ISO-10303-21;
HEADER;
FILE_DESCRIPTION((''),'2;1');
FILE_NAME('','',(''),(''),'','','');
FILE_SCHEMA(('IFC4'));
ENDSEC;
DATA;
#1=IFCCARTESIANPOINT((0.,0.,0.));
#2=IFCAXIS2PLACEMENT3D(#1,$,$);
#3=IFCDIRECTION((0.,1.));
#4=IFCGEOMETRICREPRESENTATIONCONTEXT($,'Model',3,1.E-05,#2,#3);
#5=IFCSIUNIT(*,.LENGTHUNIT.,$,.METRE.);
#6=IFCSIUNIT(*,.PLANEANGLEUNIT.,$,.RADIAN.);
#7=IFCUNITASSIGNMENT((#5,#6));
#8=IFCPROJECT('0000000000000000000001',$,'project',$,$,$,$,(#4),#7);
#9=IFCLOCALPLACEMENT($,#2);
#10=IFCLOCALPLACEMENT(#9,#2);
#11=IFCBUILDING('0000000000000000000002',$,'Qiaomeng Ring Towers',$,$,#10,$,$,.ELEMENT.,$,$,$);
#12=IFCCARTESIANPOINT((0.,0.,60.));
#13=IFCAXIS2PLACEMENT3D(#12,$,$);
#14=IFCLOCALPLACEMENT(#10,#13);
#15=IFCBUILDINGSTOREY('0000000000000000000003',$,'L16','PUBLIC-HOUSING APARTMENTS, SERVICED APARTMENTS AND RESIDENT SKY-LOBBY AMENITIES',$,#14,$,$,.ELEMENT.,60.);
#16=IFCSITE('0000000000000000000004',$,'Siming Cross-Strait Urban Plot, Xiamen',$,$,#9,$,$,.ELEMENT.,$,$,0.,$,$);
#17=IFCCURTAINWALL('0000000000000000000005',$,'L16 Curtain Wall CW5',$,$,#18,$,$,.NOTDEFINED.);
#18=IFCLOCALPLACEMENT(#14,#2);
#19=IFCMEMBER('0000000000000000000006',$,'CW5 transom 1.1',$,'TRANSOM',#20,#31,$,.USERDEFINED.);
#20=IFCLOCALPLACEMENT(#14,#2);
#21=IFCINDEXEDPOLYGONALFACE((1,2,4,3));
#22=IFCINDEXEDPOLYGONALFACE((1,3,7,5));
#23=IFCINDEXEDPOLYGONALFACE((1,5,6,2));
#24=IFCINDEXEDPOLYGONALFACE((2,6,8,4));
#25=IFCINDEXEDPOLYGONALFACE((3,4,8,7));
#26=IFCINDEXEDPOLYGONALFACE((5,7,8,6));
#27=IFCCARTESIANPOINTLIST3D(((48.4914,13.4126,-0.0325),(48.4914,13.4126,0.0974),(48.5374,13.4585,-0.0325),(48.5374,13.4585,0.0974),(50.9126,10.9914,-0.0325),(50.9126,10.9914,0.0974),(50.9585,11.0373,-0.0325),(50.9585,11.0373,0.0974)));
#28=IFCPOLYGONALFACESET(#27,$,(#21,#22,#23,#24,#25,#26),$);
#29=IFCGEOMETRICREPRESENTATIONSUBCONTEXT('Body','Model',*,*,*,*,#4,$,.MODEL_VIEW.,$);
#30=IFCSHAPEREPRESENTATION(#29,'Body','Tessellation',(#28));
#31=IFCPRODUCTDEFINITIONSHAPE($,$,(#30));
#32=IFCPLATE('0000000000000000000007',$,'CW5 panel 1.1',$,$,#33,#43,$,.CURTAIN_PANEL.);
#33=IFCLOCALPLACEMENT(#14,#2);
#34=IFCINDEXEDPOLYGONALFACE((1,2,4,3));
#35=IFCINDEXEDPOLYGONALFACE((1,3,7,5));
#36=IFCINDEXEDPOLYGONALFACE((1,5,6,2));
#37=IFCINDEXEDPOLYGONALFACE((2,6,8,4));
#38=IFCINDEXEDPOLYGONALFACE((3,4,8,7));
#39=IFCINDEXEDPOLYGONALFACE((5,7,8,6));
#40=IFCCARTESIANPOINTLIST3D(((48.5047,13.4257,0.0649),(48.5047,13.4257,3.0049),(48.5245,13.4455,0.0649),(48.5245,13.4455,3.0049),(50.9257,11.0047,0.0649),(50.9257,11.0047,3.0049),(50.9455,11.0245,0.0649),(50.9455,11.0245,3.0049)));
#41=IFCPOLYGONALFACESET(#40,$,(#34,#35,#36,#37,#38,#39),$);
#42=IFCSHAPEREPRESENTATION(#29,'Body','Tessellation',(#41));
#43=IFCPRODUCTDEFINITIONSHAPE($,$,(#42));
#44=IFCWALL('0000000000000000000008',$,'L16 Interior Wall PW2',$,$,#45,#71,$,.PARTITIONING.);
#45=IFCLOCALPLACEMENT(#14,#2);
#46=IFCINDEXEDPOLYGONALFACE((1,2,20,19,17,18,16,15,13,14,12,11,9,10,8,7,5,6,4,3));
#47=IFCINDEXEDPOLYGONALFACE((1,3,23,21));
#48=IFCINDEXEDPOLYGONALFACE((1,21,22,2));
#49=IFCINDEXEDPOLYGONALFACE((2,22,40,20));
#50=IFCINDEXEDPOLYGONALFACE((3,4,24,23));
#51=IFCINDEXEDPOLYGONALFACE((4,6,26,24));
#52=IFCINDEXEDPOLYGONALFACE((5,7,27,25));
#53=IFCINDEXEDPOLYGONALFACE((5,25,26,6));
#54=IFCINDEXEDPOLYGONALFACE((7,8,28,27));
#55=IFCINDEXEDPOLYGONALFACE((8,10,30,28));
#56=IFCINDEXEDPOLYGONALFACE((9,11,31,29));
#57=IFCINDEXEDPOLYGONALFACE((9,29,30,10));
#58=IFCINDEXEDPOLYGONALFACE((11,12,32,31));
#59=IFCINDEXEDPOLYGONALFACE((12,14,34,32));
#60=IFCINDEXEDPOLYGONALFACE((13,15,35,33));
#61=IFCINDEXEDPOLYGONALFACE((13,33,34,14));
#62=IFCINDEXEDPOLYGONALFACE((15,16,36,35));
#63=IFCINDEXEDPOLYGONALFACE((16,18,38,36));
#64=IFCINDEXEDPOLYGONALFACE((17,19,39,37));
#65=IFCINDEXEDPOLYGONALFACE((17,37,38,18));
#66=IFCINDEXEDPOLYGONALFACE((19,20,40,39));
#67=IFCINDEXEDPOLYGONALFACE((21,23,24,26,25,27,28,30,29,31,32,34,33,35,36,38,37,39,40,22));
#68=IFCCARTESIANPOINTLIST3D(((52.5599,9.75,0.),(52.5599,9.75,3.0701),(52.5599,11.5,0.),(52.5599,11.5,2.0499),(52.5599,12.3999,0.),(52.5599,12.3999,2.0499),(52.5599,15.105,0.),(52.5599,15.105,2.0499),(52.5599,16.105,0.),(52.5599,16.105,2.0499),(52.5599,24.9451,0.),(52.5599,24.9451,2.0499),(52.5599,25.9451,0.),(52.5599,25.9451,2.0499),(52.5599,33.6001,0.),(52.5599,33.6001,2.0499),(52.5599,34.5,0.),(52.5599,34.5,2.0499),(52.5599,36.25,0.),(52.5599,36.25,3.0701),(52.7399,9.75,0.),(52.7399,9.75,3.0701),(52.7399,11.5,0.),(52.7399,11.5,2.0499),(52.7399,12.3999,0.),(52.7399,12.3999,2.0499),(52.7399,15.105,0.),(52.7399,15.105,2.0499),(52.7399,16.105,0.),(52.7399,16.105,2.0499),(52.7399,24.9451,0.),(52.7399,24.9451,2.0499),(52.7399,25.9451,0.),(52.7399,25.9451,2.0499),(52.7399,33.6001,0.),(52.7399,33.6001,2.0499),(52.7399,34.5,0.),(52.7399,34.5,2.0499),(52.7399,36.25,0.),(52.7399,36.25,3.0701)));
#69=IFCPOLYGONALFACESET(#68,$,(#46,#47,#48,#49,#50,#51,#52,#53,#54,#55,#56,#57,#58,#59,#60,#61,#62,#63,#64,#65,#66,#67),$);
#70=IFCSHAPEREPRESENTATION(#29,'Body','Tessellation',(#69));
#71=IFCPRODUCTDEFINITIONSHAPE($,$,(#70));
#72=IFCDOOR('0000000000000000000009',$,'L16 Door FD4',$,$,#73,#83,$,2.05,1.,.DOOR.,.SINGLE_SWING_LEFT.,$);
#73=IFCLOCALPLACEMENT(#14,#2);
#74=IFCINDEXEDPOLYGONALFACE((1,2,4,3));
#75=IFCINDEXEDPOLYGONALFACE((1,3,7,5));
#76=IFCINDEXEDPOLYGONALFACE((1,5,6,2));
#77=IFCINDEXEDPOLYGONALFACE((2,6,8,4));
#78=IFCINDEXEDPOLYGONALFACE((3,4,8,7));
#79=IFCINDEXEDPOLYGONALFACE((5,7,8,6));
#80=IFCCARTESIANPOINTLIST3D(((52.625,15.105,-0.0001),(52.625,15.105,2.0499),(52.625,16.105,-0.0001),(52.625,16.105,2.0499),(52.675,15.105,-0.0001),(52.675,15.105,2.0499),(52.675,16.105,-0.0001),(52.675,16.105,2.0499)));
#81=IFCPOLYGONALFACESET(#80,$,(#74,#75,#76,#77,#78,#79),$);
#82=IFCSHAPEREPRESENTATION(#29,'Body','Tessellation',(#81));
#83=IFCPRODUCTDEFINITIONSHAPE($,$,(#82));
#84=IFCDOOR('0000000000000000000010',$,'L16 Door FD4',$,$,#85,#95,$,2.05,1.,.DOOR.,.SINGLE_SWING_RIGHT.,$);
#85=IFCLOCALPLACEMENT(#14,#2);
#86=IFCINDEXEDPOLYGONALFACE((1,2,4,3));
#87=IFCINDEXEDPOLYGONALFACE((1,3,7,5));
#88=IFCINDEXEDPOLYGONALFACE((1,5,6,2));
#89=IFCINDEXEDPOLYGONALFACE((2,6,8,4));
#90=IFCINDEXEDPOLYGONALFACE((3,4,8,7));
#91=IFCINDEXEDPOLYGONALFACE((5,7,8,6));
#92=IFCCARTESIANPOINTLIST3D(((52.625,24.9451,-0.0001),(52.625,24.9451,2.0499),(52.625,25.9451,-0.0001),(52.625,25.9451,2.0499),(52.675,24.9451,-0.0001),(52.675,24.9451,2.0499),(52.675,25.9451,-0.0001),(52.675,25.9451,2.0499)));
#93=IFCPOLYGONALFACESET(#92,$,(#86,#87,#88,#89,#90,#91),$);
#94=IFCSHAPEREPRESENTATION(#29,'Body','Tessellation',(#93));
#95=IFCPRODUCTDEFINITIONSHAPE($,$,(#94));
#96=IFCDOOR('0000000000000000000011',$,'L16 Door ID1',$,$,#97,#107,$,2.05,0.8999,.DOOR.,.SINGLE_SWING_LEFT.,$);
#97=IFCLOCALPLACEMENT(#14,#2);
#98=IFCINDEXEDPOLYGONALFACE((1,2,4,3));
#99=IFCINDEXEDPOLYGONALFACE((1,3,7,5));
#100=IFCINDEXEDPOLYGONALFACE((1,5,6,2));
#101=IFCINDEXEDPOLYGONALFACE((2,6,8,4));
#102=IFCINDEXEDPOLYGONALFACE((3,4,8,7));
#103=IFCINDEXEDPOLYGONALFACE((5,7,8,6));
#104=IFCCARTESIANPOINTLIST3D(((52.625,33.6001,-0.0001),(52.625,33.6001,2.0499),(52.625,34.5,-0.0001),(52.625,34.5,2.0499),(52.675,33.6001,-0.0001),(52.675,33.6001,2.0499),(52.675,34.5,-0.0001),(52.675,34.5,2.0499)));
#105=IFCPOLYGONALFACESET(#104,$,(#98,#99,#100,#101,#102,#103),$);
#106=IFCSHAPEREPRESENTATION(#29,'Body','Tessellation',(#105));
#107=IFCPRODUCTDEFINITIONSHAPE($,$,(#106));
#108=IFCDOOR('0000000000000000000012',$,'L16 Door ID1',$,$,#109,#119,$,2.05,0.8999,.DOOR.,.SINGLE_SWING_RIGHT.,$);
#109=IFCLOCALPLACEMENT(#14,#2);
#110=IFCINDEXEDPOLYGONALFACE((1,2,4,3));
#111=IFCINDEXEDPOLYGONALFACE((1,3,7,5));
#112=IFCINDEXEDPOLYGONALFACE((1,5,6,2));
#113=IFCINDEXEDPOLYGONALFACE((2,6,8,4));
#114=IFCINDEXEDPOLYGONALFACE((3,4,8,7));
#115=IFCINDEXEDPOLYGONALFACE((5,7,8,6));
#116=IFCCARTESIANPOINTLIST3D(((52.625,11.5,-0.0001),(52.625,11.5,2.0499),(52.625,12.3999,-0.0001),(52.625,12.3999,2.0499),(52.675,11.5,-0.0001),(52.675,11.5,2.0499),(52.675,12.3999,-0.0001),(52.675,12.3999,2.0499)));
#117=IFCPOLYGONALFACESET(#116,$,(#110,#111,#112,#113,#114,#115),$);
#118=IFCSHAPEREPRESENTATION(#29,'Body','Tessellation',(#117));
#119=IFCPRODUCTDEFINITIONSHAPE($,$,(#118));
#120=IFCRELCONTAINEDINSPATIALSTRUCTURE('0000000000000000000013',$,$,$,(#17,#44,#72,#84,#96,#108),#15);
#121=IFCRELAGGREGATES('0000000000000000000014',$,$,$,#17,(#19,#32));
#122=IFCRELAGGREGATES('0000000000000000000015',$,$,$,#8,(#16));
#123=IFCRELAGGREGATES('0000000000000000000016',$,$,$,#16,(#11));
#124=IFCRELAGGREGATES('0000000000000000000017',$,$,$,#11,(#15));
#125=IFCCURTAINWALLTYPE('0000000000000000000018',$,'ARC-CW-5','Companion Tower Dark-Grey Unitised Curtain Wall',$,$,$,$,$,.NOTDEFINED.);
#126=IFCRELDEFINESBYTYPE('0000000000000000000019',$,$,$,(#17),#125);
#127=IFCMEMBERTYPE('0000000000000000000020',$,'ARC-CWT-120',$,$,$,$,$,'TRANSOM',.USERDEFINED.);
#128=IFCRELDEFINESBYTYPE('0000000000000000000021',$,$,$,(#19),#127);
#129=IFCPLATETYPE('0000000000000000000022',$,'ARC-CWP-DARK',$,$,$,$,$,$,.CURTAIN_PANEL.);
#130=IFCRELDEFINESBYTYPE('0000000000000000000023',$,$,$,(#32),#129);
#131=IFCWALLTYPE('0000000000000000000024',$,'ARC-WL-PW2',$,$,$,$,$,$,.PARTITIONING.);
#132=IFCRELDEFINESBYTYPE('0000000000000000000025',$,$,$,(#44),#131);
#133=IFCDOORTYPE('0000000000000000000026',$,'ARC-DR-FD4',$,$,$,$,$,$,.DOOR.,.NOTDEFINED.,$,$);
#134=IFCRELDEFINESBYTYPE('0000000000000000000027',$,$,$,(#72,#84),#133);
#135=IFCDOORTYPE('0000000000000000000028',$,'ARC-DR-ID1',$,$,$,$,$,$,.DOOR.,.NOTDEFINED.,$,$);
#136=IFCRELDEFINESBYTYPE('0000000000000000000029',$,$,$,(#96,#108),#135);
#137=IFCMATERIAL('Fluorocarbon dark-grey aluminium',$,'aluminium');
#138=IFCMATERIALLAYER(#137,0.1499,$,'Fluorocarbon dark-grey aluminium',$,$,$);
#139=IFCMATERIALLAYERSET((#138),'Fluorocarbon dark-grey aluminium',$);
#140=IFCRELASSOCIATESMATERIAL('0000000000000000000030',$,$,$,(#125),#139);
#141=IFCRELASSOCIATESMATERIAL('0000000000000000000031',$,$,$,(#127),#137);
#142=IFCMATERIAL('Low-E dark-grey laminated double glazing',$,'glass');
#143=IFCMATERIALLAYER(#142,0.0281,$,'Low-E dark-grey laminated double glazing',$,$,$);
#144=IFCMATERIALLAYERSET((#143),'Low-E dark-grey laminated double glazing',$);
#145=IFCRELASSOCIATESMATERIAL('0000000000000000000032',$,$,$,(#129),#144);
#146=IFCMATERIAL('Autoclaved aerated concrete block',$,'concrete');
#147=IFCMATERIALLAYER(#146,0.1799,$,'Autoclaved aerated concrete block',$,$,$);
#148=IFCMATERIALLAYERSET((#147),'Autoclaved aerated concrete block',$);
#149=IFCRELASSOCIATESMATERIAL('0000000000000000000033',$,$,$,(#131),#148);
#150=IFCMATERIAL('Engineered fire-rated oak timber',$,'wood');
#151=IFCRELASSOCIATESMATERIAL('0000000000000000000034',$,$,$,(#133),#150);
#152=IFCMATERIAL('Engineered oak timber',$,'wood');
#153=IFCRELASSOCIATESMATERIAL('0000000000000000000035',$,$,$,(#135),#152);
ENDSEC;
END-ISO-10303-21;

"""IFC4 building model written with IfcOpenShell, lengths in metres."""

from ifc_helpers import new_model, si_unit, direction, frame, frame_2d, origin, origin_2d, place, context, subcontext, project, spatial, rectangle, extrude, source, transform, mapped, material, layer, layer_set, material_profile, profile_set, type_object, element, fill, aggregate, save


model = new_model("IFC4")

# Units and contexts
model_context = context("Model", 3, precision=1e-05, world=origin(), true_north=direction((0.0, 1.0)))
body_context = subcontext(model_context, "Body", "Model", "MODEL_VIEW")
ifc_project = project(units=[si_unit("LENGTHUNIT", "METRE"), si_unit("PLANEANGLEUNIT", "RADIAN")], contexts=[model_context])

# Site, building, storey
site_placement = place(None, origin())
site = spatial("IfcSite", under=ifc_project, at=site_placement, Name="Siming Cross-Strait Urban Plot, Xiamen", CompositionType="ELEMENT", RefElevation=0.0)
building_placement = place(site_placement, origin())
building = spatial("IfcBuilding", under=site, at=building_placement, Name="Qiaomeng Ring Towers", CompositionType="ELEMENT")
storey_placement = place(building_placement, frame((0.0, 0.0, 60.0)))
storey = spatial("IfcBuildingStorey", under=building, at=storey_placement, Name="L16", Description="PUBLIC-HOUSING APARTMENTS, SERVICED APARTMENTS AND RESIDENT SKY-LOBBY AMENITIES", CompositionType="ELEMENT", Elevation=60.0)

# Curtain wall
ifc_material_1 = material(Name="Fluorocarbon dark-grey aluminium", Category="aluminium")
ifc_layer_1 = layer(ifc_material_1, 0.1499, Name="Fluorocarbon dark-grey aluminium")
ifc_layer_set_1 = layer_set([ifc_layer_1], Name="Fluorocarbon dark-grey aluminium")
curtain_wall_type = type_object("IfcCurtainWallType", Name="ARC-CW-5", Description="Companion Tower Dark-Grey Unitised Curtain Wall", PredefinedType="NOTDEFINED", material=ifc_layer_set_1)
curtain_wall_1_placement = place(storey_placement, origin())
curtain_wall_1 = element("IfcCurtainWall", 1, at=curtain_wall_1_placement, inside=storey, type_object=curtain_wall_type, Name="L16 Curtain Wall CW5", PredefinedType="NOTDEFINED")

# Shared definitions
ifc_material_profile_1 = material_profile(ifc_material_1, rectangle(XDim=0.0649, YDim=0.1299, at=origin_2d()), Name="ALU TRAN 65x130")
ifc_profile_set_1 = profile_set([ifc_material_profile_1], Name="Fluorocarbon dark-grey aluminium")
member_type_1 = type_object("IfcMemberType", Name="ARC-CWT-120", ElementType="TRANSOM", PredefinedType="USERDEFINED", material=ifc_profile_set_1)

# Member
shared_shape_1 = source(origin(), body_context, "Body", "SweptSolid", [
    extrude(rectangle(XDim=0.0649, YDim=0.1299, at=origin_2d()), origin(), (0.0, 0.0, 1.0), 3.4241),
])
member_1_placement = place(storey_placement, frame((48.5144, 13.4355, 0.0325), z_axis=(0.707107, -0.707107, 0.0), x_axis=(0.707107, 0.707107, 0.0)))
member_1 = element("IfcMember", 2, at=member_1_placement, type_object=member_type_1, Name="CW5 transom 1.1", ObjectType="TRANSOM", PredefinedType="USERDEFINED", context=body_context, shape_type="MappedRepresentation", body=[
    mapped(shared_shape_1, transform((0.0, 0.0, 0.0), x_axis=(1.0, 0.0, 0.0), y_axis=(0.0, 1.0, 0.0), z_axis=(0.0, 0.0, 1.0), scale=1.0)),
])

# Plate
ifc_material_2 = material(Name="Low-E dark-grey laminated double glazing", Category="glass")
ifc_layer_2 = layer(ifc_material_2, 0.0281, Name="Low-E dark-grey laminated double glazing")
ifc_layer_set_2 = layer_set([ifc_layer_2], Name="Low-E dark-grey laminated double glazing")
plate_type = type_object("IfcPlateType", Name="ARC-CWP-DARK", PredefinedType="CURTAIN_PANEL", material=ifc_layer_set_2)
shared_shape_2 = source(origin(), body_context, "Body", "SweptSolid", [
    extrude(rectangle(XDim=3.4238, YDim=0.0281, at=origin_2d()), origin(), (0.0, 0.0, 1.0), 2.9399),
])
plate_placement = place(storey_placement, frame((49.7251, 12.2251, 0.0649), z_axis=(0.0, 0.0, 1.0), x_axis=(0.707107, -0.707107, 0.0)))
plate = element("IfcPlate", 3, at=plate_placement, type_object=plate_type, Name="CW5 panel 1.1", PredefinedType="CURTAIN_PANEL", context=body_context, shape_type="MappedRepresentation", body=[
    mapped(shared_shape_2, transform((0.0, 0.0, 0.0), x_axis=(1.0, 0.0, 0.0), y_axis=(0.0, 1.0, 0.0), z_axis=(0.0, 0.0, 1.0), scale=1.0)),
])
aggregate(curtain_wall_1, [member_1, plate])

# Wall, openings, doors
ifc_material_3 = material(Name="Autoclaved aerated concrete block", Category="concrete")
ifc_layer_3 = layer(ifc_material_3, 0.1799, Name="Autoclaved aerated concrete block")
ifc_layer_set_3 = layer_set([ifc_layer_3], Name="Autoclaved aerated concrete block")
wall_type_1 = type_object("IfcWallType", Name="ARC-WL-PW2", PredefinedType="PARTITIONING", material=ifc_layer_set_3)
wall_1_placement = place(storey_placement, frame((52.6499, 9.75, 0.0), z_axis=(0.0, 0.0, 1.0), x_axis=(0.0, 1.0, 0.0)))
wall_1 = element("IfcWall", 4, at=wall_1_placement, inside=storey, type_object=wall_type_1, Name="L16 Interior Wall PW2", PredefinedType="PARTITIONING", context=body_context, shape_type="SweptSolid", body=[
    extrude(rectangle(XDim=26.5, YDim=0.1799, at=frame_2d((13.25, 0.0))), origin(), (0.0, 0.0, 1.0), 3.0701),
])
opening_1_placement = place(wall_1_placement, frame((23.8501, 0.0, 0.0)))
opening_1 = element("IfcOpeningElement", 5, at=opening_1_placement, cuts=wall_1, PredefinedType="OPENING", context=body_context, shape_type="SweptSolid", body=[
    extrude(rectangle(XDim=0.8999, YDim=2.05, at=frame_2d((0.45, 1.0249))), frame((0.0, 0.0999, 0.0), z_axis=(0.0, -1.0, 0.0), x_axis=(1.0, 0.0, 0.0)), (0.0, 0.0, 1.0), 0.2),
])
opening_2_placement = place(wall_1_placement, frame((1.75, 0.0, 0.0)))
opening_2 = element("IfcOpeningElement", 6, at=opening_2_placement, cuts=wall_1, PredefinedType="OPENING", context=body_context, shape_type="SweptSolid", body=[
    extrude(rectangle(XDim=0.8999, YDim=2.05, at=frame_2d((0.45, 1.0249))), frame((0.0, 0.0999, 0.0), z_axis=(0.0, -1.0, 0.0), x_axis=(1.0, 0.0, 0.0)), (0.0, 0.0, 1.0), 0.2),
])
opening_3_placement = place(wall_1_placement, frame((5.355, 0.0, 0.0)))
opening_3 = element("IfcOpeningElement", 7, at=opening_3_placement, cuts=wall_1, PredefinedType="OPENING", context=body_context, shape_type="SweptSolid", body=[
    extrude(rectangle(XDim=1.0, YDim=2.05, at=frame_2d((0.5, 1.0249))), frame((0.0, 0.0999, 0.0), z_axis=(0.0, -1.0, 0.0), x_axis=(1.0, 0.0, 0.0)), (0.0, 0.0, 1.0), 0.2),
])
opening_4_placement = place(wall_1_placement, frame((15.1951, 0.0, 0.0)))
opening_4 = element("IfcOpeningElement", 8, at=opening_4_placement, cuts=wall_1, PredefinedType="OPENING", context=body_context, shape_type="SweptSolid", body=[
    extrude(rectangle(XDim=1.0, YDim=2.05, at=frame_2d((0.5, 1.0249))), frame((0.0, 0.0999, 0.0), z_axis=(0.0, -1.0, 0.0), x_axis=(1.0, 0.0, 0.0)), (0.0, 0.0, 1.0), 0.2),
])
ifc_material_4 = material(Name="Engineered fire-rated oak timber", Category="wood")
door_type_1 = type_object("IfcDoorType", Name="ARC-DR-FD4", OperationType="NOTDEFINED", PredefinedType="DOOR", material=ifc_material_4)
shared_shape_3 = source(origin(), body_context, "Body", "SweptSolid", [
    extrude(rectangle(XDim=1.0, YDim=2.05, at=frame_2d((0.5, 1.0249))), frame((0.0, 0.0249, 0.0), z_axis=(0.0, -1.0, 0.0), x_axis=(1.0, 0.0, 0.0)), (0.0, 0.0, 1.0), 0.05),
])
door_1_placement = place(opening_3_placement, origin())
door_1 = element("IfcDoor", 9, at=door_1_placement, inside=storey, type_object=door_type_1, Name="L16 Door FD4", OperationType="SINGLE_SWING_LEFT", OverallHeight=2.05, OverallWidth=1.0, PredefinedType="DOOR", context=body_context, shape_type="MappedRepresentation", body=[
    mapped(shared_shape_3, transform((0.0, 0.0, 0.0), x_axis=(1.0, 0.0, 0.0), y_axis=(0.0, 1.0, 0.0), z_axis=(0.0, 0.0, 1.0), scale=1.0)),
])
fill(opening_3, door_1)
door_2_placement = place(opening_4_placement, origin())
door_2 = element("IfcDoor", 10, at=door_2_placement, inside=storey, type_object=door_type_1, Name="L16 Door FD4", OperationType="SINGLE_SWING_RIGHT", OverallHeight=2.05, OverallWidth=1.0, PredefinedType="DOOR", context=body_context, shape_type="MappedRepresentation", body=[
    mapped(shared_shape_3, transform((0.0, 0.0, 0.0), x_axis=(1.0, 0.0, 0.0), y_axis=(0.0, 1.0, 0.0), z_axis=(0.0, 0.0, 1.0), scale=1.0)),
])
fill(opening_4, door_2)
ifc_material_5 = material(Name="Engineered oak timber", Category="wood")
door_type_2 = type_object("IfcDoorType", Name="ARC-DR-ID1", OperationType="NOTDEFINED", PredefinedType="DOOR", material=ifc_material_5)
shared_shape_4 = source(origin(), body_context, "Body", "SweptSolid", [
    extrude(rectangle(XDim=0.8999, YDim=2.05, at=frame_2d((0.45, 1.0249))), frame((0.0, 0.0249, 0.0), z_axis=(0.0, -1.0, 0.0), x_axis=(1.0, 0.0, 0.0)), (0.0, 0.0, 1.0), 0.05),
])
door_3_placement = place(opening_1_placement, origin())
door_3 = element("IfcDoor", 11, at=door_3_placement, inside=storey, type_object=door_type_2, Name="L16 Door ID1", OperationType="SINGLE_SWING_LEFT", OverallHeight=2.05, OverallWidth=0.8999, PredefinedType="DOOR", context=body_context, shape_type="MappedRepresentation", body=[
    mapped(shared_shape_4, transform((0.0, 0.0, 0.0), x_axis=(1.0, 0.0, 0.0), y_axis=(0.0, 1.0, 0.0), z_axis=(0.0, 0.0, 1.0), scale=1.0)),
])
fill(opening_1, door_3)
door_4_placement = place(opening_2_placement, origin())
door_4 = element("IfcDoor", 12, at=door_4_placement, inside=storey, type_object=door_type_2, Name="L16 Door ID1", OperationType="SINGLE_SWING_RIGHT", OverallHeight=2.05, OverallWidth=0.8999, PredefinedType="DOOR", context=body_context, shape_type="MappedRepresentation", body=[
    mapped(shared_shape_4, transform((0.0, 0.0, 0.0), x_axis=(1.0, 0.0, 0.0), y_axis=(0.0, 1.0, 0.0), z_axis=(0.0, 0.0, 1.0), scale=1.0)),
])
fill(opening_2, door_4)

save(model, "model.ifc")
